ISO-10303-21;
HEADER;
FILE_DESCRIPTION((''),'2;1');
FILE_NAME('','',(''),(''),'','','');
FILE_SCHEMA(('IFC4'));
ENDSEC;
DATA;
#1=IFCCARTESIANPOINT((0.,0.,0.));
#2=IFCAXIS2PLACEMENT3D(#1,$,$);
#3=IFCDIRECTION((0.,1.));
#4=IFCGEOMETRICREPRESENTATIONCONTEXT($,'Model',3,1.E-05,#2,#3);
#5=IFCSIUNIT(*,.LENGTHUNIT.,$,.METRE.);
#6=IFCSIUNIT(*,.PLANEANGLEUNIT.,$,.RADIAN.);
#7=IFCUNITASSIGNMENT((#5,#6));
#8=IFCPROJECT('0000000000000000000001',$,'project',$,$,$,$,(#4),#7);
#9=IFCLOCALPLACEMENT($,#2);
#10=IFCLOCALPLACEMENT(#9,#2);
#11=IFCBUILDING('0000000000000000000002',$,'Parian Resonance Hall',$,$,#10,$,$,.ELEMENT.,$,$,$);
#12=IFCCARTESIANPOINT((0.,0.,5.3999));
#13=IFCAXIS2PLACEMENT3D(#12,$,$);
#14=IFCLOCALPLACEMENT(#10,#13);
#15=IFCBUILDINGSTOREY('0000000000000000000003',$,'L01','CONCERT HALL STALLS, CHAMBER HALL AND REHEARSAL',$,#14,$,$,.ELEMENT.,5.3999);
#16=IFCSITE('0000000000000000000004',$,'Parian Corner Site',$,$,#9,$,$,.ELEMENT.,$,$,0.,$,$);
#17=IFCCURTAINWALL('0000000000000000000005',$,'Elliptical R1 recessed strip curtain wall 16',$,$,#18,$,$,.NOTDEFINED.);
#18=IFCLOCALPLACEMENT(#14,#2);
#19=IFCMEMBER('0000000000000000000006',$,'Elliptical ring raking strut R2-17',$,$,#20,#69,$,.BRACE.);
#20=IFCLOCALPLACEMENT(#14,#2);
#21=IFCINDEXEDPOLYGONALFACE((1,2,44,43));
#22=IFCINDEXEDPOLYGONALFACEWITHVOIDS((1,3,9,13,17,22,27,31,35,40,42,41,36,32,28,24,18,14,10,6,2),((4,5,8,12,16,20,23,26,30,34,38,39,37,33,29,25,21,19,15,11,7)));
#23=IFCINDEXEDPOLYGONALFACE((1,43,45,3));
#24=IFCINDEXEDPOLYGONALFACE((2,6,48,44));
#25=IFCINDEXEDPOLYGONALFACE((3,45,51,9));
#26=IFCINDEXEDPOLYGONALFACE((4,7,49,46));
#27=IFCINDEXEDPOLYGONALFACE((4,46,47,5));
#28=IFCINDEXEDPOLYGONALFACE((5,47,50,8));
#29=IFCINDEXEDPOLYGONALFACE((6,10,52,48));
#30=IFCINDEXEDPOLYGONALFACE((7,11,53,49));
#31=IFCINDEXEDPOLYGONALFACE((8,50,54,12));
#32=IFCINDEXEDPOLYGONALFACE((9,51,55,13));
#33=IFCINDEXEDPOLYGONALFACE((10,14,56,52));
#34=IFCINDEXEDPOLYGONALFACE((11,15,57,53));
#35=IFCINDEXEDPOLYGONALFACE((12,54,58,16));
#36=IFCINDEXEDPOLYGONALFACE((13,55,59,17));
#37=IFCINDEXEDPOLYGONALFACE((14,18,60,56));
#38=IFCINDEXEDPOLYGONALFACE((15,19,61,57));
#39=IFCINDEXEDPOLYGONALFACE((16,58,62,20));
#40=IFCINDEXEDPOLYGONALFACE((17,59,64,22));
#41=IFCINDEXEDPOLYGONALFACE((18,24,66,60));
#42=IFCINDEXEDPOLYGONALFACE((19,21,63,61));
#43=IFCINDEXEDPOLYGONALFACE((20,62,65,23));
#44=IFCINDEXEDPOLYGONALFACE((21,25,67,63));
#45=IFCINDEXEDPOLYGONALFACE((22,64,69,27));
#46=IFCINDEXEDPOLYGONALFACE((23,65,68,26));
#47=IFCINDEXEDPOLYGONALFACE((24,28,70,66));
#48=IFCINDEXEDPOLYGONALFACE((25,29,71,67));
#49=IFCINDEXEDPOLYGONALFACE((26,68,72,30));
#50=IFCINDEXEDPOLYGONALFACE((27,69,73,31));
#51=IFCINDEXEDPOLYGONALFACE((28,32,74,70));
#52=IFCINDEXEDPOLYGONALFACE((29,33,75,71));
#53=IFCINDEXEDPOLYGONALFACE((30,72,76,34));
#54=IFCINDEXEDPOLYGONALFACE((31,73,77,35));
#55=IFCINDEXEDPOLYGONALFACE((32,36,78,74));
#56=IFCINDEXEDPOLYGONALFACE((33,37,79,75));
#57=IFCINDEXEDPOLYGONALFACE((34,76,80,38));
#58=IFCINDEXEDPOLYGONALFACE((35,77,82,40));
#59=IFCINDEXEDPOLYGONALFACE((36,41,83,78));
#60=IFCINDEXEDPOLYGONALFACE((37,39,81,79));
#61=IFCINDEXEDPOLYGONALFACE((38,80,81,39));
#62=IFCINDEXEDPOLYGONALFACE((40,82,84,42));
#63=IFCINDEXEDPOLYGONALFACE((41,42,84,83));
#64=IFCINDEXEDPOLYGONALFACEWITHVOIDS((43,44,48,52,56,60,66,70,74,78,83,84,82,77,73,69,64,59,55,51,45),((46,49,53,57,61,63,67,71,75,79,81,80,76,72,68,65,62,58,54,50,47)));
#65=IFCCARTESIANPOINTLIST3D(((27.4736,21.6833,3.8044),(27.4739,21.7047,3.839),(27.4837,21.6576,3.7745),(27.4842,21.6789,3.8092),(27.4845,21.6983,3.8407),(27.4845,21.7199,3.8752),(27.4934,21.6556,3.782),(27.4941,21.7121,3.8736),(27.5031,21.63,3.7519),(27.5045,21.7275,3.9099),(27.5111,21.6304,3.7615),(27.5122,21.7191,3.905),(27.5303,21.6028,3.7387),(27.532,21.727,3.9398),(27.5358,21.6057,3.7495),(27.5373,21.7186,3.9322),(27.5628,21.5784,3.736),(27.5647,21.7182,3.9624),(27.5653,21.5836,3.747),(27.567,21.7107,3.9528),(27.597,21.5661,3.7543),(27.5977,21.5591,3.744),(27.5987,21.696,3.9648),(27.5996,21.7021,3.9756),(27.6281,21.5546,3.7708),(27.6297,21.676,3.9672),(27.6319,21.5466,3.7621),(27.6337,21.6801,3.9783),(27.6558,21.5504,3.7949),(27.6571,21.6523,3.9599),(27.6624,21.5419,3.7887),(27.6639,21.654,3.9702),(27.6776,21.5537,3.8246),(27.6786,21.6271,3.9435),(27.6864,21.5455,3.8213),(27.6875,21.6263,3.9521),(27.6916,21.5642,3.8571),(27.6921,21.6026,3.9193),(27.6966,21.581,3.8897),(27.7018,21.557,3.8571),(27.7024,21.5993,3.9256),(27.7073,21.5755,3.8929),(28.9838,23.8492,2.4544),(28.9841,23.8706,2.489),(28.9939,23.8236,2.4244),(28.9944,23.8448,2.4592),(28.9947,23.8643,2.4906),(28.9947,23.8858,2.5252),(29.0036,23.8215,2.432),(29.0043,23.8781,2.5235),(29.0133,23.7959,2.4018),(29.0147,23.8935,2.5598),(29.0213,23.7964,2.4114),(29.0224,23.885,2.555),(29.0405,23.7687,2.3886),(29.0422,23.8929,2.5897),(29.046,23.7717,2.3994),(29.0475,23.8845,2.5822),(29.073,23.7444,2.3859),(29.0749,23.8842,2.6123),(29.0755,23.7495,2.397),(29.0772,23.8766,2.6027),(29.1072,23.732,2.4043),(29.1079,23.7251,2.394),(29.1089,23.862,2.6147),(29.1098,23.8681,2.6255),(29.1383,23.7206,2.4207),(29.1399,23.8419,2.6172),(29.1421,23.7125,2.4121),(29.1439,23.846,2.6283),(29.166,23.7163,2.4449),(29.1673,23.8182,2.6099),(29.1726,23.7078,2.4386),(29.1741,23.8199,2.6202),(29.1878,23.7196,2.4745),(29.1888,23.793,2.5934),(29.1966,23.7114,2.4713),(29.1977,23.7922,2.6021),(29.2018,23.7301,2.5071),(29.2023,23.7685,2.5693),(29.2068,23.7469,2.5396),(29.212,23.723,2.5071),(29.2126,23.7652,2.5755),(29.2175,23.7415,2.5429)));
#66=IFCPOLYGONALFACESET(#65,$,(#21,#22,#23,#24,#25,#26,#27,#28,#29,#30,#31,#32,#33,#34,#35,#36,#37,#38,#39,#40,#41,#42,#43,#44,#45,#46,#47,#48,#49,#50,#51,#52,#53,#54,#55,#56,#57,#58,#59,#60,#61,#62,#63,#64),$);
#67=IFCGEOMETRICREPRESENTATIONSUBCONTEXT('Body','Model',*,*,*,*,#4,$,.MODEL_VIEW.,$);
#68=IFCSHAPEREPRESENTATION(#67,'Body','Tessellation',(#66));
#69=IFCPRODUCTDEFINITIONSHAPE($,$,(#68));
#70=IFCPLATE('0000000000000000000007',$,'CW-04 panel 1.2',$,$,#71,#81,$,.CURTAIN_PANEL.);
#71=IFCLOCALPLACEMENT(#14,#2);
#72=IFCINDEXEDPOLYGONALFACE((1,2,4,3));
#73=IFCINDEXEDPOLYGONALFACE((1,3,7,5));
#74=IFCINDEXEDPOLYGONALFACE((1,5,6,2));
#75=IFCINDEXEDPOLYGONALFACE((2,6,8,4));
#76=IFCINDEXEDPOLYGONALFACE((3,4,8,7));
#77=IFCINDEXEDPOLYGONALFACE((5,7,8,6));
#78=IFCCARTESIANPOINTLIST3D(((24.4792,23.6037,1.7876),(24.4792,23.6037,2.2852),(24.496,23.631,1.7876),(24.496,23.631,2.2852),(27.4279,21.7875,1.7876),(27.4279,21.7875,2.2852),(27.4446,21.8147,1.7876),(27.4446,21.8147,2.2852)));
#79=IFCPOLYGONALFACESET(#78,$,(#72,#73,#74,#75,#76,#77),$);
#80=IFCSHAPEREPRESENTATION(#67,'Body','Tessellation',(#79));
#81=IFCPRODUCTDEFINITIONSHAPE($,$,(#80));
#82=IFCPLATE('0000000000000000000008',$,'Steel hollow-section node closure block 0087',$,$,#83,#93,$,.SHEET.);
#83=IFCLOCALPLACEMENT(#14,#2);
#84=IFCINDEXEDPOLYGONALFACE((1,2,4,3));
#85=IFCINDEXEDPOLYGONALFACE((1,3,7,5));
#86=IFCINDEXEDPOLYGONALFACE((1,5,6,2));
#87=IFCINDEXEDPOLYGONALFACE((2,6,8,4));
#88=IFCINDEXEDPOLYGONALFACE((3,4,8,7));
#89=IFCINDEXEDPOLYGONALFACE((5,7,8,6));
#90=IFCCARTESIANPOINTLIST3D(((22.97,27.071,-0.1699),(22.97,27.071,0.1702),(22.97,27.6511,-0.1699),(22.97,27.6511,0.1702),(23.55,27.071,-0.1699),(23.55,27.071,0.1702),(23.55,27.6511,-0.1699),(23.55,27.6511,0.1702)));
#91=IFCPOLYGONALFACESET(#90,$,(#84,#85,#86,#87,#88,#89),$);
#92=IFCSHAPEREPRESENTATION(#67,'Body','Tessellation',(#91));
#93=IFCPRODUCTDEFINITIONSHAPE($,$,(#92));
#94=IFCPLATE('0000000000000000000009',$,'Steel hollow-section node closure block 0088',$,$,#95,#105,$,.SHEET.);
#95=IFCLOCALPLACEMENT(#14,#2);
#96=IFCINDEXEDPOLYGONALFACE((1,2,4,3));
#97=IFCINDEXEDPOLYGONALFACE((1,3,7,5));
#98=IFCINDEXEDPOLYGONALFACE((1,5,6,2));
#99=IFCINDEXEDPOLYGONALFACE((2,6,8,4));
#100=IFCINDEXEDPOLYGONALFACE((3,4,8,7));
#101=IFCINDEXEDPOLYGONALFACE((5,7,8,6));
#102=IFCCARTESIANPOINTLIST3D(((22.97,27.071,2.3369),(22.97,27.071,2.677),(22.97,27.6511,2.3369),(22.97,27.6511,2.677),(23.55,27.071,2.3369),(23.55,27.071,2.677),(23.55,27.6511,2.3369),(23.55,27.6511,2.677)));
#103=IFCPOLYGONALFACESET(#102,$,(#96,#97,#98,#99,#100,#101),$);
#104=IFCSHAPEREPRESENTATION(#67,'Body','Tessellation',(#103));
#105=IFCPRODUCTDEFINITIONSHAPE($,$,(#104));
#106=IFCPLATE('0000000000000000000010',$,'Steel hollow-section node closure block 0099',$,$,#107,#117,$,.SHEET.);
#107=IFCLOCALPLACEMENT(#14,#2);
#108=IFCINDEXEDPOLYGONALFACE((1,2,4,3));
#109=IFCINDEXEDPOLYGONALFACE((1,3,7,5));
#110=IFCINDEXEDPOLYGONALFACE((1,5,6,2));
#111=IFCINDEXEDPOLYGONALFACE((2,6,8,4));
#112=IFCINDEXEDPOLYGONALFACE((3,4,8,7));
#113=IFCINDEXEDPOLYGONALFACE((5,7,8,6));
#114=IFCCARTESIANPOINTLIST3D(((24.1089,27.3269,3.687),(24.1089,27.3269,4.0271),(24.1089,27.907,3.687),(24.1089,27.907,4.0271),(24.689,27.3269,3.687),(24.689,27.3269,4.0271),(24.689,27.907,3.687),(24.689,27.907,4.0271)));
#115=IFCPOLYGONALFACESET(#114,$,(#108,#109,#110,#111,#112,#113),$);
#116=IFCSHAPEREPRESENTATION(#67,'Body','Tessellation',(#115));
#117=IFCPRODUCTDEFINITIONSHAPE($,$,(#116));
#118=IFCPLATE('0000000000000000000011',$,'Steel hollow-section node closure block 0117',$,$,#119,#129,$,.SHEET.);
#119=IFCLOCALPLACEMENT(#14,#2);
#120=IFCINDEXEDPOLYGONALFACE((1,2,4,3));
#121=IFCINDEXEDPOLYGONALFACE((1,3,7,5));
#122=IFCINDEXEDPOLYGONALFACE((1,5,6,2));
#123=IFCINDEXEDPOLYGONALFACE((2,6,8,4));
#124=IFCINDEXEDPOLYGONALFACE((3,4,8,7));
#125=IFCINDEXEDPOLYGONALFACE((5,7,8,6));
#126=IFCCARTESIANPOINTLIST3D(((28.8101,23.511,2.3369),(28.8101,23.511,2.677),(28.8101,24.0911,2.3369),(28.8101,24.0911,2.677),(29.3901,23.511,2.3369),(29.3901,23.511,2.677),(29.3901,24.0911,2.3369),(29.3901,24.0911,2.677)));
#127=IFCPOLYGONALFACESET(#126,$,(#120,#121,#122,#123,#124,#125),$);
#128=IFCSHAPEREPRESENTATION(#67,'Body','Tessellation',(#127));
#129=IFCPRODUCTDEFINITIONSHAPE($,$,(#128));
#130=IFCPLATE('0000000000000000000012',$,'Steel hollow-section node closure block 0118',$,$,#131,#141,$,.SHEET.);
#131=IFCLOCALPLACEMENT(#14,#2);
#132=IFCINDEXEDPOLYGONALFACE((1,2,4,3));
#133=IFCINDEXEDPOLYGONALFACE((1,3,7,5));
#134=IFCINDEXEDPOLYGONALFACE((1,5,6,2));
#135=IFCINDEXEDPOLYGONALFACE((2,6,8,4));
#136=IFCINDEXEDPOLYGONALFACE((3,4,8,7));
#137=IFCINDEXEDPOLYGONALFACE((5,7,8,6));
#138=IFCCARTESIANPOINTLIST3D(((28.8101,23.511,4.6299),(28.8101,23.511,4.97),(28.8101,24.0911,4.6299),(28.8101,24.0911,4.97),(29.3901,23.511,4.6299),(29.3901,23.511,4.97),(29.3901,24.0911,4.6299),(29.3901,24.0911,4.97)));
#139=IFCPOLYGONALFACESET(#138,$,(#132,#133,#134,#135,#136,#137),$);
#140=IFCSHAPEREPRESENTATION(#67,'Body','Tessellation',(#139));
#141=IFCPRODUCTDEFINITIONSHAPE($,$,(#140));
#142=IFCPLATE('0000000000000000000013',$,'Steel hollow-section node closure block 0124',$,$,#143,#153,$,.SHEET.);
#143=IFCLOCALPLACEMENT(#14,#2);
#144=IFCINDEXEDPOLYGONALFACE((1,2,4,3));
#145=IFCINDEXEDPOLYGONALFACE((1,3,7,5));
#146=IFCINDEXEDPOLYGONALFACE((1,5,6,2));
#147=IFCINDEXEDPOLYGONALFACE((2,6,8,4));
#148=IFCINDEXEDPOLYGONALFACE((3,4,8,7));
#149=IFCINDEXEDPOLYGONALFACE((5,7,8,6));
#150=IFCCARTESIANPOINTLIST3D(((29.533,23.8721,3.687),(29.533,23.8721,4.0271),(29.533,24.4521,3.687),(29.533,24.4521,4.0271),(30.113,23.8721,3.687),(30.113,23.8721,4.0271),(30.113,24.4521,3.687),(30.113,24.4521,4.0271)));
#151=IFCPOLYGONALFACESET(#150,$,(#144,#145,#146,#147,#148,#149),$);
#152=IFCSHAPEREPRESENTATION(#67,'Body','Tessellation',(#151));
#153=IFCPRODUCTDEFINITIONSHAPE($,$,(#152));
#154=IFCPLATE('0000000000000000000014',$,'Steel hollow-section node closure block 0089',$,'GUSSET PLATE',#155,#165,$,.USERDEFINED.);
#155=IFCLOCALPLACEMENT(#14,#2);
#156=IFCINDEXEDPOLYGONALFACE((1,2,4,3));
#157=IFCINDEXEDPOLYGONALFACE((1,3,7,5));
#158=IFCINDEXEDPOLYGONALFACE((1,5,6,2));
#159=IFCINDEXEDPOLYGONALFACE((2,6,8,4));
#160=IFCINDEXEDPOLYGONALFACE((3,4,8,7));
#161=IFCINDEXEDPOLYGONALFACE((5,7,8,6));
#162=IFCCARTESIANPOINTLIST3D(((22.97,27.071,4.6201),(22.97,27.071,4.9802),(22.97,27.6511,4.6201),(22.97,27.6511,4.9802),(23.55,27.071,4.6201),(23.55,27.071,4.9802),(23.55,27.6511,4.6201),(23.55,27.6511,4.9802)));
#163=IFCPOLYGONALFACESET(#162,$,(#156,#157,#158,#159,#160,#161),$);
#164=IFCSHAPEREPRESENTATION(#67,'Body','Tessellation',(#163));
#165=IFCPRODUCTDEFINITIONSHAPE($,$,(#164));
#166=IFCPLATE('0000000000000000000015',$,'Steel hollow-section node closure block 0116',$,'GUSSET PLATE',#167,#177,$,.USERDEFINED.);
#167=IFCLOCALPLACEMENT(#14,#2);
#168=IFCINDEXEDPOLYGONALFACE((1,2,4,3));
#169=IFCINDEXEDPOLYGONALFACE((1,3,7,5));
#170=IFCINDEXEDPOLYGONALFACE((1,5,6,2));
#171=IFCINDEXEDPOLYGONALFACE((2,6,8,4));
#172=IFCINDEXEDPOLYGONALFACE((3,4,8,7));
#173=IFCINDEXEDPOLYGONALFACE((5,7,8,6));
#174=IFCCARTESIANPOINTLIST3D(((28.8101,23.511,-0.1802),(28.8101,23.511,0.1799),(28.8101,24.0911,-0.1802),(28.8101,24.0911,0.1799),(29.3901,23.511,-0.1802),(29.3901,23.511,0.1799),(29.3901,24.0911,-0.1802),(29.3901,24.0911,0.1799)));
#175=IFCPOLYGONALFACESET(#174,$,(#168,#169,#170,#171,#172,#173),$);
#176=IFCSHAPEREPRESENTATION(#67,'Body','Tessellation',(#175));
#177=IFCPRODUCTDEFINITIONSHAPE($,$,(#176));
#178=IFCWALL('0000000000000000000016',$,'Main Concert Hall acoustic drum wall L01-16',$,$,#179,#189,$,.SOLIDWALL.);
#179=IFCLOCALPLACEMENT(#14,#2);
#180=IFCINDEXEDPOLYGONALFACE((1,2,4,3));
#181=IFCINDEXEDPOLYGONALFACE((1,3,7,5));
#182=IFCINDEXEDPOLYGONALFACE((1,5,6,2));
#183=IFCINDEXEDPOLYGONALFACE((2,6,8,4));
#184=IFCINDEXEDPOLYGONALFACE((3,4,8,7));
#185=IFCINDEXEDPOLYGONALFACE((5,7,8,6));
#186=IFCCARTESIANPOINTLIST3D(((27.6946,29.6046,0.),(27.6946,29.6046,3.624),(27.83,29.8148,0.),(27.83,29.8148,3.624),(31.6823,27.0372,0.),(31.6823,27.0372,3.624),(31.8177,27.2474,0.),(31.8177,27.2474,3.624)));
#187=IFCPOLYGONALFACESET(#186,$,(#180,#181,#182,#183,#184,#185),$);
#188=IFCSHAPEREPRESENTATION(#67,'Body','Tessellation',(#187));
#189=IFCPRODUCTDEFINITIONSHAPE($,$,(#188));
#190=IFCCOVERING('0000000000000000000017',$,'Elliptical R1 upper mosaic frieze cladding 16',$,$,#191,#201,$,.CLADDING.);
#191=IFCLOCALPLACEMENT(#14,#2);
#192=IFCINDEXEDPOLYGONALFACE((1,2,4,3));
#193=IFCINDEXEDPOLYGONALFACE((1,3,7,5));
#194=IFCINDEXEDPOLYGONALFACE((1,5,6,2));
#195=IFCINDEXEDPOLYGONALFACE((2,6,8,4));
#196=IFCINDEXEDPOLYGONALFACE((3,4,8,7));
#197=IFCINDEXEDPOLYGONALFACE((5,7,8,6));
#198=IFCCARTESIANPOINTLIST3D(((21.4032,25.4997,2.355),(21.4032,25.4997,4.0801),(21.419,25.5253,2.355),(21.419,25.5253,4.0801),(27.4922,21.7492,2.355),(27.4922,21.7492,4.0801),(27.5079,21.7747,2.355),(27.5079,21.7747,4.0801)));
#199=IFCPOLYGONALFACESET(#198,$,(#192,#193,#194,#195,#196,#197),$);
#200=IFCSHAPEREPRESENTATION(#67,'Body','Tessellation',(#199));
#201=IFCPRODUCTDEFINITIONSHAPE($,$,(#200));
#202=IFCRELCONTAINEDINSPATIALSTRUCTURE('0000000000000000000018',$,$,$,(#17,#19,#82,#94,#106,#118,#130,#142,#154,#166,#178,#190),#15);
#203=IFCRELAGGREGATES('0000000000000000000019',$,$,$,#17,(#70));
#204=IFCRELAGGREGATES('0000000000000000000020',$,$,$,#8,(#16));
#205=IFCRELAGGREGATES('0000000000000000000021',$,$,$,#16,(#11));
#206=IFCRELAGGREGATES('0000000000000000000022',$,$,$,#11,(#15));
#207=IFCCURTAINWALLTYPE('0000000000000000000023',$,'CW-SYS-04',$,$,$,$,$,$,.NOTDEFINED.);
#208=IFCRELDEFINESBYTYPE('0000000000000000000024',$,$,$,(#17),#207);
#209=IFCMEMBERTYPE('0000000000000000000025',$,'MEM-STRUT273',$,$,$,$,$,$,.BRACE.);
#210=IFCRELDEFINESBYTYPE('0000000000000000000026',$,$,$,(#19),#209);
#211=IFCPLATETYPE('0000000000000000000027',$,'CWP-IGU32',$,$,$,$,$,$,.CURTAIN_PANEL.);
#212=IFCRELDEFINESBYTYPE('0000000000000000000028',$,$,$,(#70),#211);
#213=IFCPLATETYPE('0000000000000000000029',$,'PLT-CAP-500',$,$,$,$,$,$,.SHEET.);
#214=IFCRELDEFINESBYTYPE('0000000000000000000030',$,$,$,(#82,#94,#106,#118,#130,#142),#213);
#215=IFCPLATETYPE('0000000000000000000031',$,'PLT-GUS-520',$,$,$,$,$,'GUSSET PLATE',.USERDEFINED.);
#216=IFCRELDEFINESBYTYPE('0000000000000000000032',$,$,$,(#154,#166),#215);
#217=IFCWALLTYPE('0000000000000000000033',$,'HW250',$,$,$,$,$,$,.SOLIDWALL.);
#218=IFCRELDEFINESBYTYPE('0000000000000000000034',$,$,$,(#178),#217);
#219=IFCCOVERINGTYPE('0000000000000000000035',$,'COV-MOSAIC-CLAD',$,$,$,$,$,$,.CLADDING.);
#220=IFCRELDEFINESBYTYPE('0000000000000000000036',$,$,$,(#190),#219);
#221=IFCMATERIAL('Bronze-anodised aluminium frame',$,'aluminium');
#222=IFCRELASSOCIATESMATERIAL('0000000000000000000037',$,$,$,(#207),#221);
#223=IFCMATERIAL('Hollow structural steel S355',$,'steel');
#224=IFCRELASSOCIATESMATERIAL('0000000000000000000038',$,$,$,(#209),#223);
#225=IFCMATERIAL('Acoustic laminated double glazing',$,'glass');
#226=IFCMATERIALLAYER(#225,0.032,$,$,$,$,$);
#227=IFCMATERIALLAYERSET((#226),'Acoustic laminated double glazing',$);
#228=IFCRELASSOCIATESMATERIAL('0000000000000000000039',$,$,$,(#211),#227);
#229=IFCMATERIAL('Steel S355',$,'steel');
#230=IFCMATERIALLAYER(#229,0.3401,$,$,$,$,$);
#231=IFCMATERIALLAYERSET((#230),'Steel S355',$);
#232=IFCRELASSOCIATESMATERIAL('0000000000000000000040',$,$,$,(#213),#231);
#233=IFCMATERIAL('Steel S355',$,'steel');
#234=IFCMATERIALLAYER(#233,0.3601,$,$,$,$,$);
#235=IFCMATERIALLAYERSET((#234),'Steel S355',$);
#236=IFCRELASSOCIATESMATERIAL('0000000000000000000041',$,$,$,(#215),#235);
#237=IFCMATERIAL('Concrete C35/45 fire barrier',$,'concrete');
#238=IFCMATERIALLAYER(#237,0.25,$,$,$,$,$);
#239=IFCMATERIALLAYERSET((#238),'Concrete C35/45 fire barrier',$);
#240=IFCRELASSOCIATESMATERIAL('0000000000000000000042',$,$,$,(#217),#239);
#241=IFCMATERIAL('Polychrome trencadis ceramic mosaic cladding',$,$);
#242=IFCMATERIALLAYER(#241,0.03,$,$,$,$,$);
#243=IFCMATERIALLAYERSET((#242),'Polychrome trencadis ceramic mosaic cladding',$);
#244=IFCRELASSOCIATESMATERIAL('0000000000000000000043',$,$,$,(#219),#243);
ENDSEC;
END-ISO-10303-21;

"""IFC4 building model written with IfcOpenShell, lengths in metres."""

from ifc_helpers import new_model, si_unit, direction, frame, frame_2d, origin, origin_2d, place, context, subcontext, project, spatial, rectangle, hollow_circle, extrude, material, layer, layer_set, material_profile, profile_set, type_object, element, aggregate, save


model = new_model("IFC4")

# Units and contexts
model_context = context("Model", 3, precision=1e-05, world=origin(), true_north=direction((0.0, 1.0)))
body_context = subcontext(model_context, "Body", "Model", "MODEL_VIEW")
ifc_project = project(units=[si_unit("LENGTHUNIT", "METRE"), si_unit("PLANEANGLEUNIT", "RADIAN")], contexts=[model_context])

# Site, building, storey
site_placement = place(None, origin())
site = spatial("IfcSite", under=ifc_project, at=site_placement, Name="Parian Corner Site", CompositionType="ELEMENT", RefElevation=0.0)
building_placement = place(site_placement, origin())
building = spatial("IfcBuilding", under=site, at=building_placement, Name="Parian Resonance Hall", CompositionType="ELEMENT")
storey_placement = place(building_placement, frame((0.0, 0.0, 5.3999)))
storey = spatial("IfcBuildingStorey", under=building, at=storey_placement, Name="L01", Description="CONCERT HALL STALLS, CHAMBER HALL AND REHEARSAL", CompositionType="ELEMENT", Elevation=5.3999)

# Curtain wall
ifc_material_1 = material(Name="Bronze-anodised aluminium frame", Category="aluminium")
curtain_wall_type = type_object("IfcCurtainWallType", Name="CW-SYS-04", PredefinedType="NOTDEFINED", material=ifc_material_1)
curtain_wall_placement = place(storey_placement, origin())
curtain_wall = element("IfcCurtainWall", 1, at=curtain_wall_placement, inside=storey, type_object=curtain_wall_type, Name="Elliptical R1 recessed strip curtain wall 16", PredefinedType="NOTDEFINED")

# Member
ifc_material_2 = material(Name="Hollow structural steel S355", Category="steel")
ifc_material_profile_1 = material_profile(ifc_material_2, hollow_circle(Radius=0.1365, WallThickness=0.0125, at=origin_2d()), Name="CHS273x12.5")
ifc_profile_set_1 = profile_set([ifc_material_profile_1], Name="Hollow structural steel S355")
member_type_1 = type_object("IfcMemberType", Name="MEM-STRUT273", PredefinedType="BRACE", material=ifc_profile_set_1)
member_1_placement = place(storey_placement, frame((29.1001, 23.801, 2.5071), z_axis=(-0.509244, -0.730361, 0.455241), x_axis=(0.82029, -0.571947, 0.0)))
element("IfcMember", 2, at=member_1_placement, inside=storey, type_object=member_type_1, Name="Elliptical ring raking strut R2-17", PredefinedType="BRACE", context=body_context, shape_type="SweptSolid", body=[
    extrude(hollow_circle(Radius=0.1365, WallThickness=0.0125, at=origin_2d()), origin(), (0.0, 0.0, 1.0), 2.9656),
])

# Plate
ifc_material_3 = material(Name="Acoustic laminated double glazing", Category="glass")
ifc_layer_1 = layer(ifc_material_3, 0.032)
ifc_layer_set_1 = layer_set([ifc_layer_1], Name="Acoustic laminated double glazing")
plate_type_1 = type_object("IfcPlateType", Name="CWP-IGU32", PredefinedType="CURTAIN_PANEL", material=ifc_layer_set_1)
plate_placement = place(storey_placement, frame((25.9619, 22.7092, 1.7876), z_axis=(0.0, 0.0, 1.0), x_axis=(-0.851441, 0.524451, 0.0)))
plate = element("IfcPlate", 3, at=plate_placement, type_object=plate_type_1, Name="CW-04 panel 1.2", PredefinedType="CURTAIN_PANEL", context=body_context, shape_type="SweptSolid", body=[
    extrude(rectangle(XDim=3.4631, YDim=0.032, at=origin_2d()), origin(), (0.0, 0.0, 1.0), 0.4976),
])
aggregate(curtain_wall, [plate])

# Plates
ifc_material_4 = material(Name="Steel S355", Category="steel")
ifc_layer_2 = layer(ifc_material_4, 0.3401)
ifc_layer_set_2 = layer_set([ifc_layer_2], Name="Steel S355")
plate_type_2 = type_object("IfcPlateType", Name="PLT-CAP-500", PredefinedType="SHEET", material=ifc_layer_set_2)
for number, where, z_axis, x_axis, name in (
    (4, (23.26, 27.3611, -0.1699), (0.0, 0.0, 1.0), (1.0, 0.0, 0.0), "Steel hollow-section node closure block 0087"),
    (5, (23.26, 27.3611, 2.3369), (0.0, 0.0, 1.0), (1.0, 0.0, 0.0), "Steel hollow-section node closure block 0088"),
    (6, (24.3989, 27.6169, 3.687), (0.0, 0.0, 1.0), (1.0, 0.0, 0.0), "Steel hollow-section node closure block 0099"),
    (7, (29.1001, 23.801, 2.3369), (0.0, 0.0, 1.0), (1.0, 0.0, 0.0), "Steel hollow-section node closure block 0117"),
    (8, (29.1001, 23.801, 4.6299), (0.0, 0.0, 1.0), (1.0, 0.0, 0.0), "Steel hollow-section node closure block 0118"),
    (9, (29.823, 24.1621, 3.687), (0.0, 0.0, 1.0), (1.0, 0.0, 0.0), "Steel hollow-section node closure block 0124"),
):
    element("IfcPlate", number, at=place(storey_placement, frame(where, z_axis=z_axis, x_axis=x_axis)), inside=storey, type_object=plate_type_2, Name=name, PredefinedType="SHEET", context=body_context, shape_type="SweptSolid", body=[
        extrude(rectangle(XDim=0.5801, YDim=0.5801, at=origin_2d()), origin(), (0.0, 0.0, 1.0), 0.3401),
    ])
ifc_material_5 = material(Name="Steel S355", Category="steel")
ifc_layer_3 = layer(ifc_material_5, 0.3601)
ifc_layer_set_3 = layer_set([ifc_layer_3], Name="Steel S355")
plate_type_3 = type_object("IfcPlateType", Name="PLT-GUS-520", ElementType="GUSSET PLATE", PredefinedType="USERDEFINED", material=ifc_layer_set_3)
for number, where, z_axis, x_axis, name in (
    (10, (23.26, 27.3611, 4.6201), (0.0, 0.0, 1.0), (1.0, 0.0, 0.0), "Steel hollow-section node closure block 0089"),
    (11, (29.1001, 23.801, -0.1802), (0.0, 0.0, 1.0), (1.0, 0.0, 0.0), "Steel hollow-section node closure block 0116"),
):
    element("IfcPlate", number, at=place(storey_placement, frame(where, z_axis=z_axis, x_axis=x_axis)), inside=storey, type_object=plate_type_3, Name=name, ObjectType="GUSSET PLATE", PredefinedType="USERDEFINED", context=body_context, shape_type="SweptSolid", body=[
        extrude(rectangle(XDim=0.5801, YDim=0.5801, at=origin_2d()), origin(), (0.0, 0.0, 1.0), 0.3601),
    ])

# Wall
ifc_material_6 = material(Name="Concrete C35/45 fire barrier", Category="concrete")
ifc_layer_4 = layer(ifc_material_6, 0.25)
ifc_layer_set_4 = layer_set([ifc_layer_4], Name="Concrete C35/45 fire barrier")
wall_type = type_object("IfcWallType", Name="HW250", PredefinedType="SOLIDWALL", material=ifc_layer_set_4)
wall_placement = place(storey_placement, frame((31.75, 27.1423, 0.0), z_axis=(0.0, 0.0, 1.0), x_axis=(-0.840814, 0.541325, 0.0)))
element("IfcWall", 12, at=wall_placement, inside=storey, type_object=wall_type, Name="Main Concert Hall acoustic drum wall L01-16", PredefinedType="SOLIDWALL", context=body_context, shape_type="SweptSolid", body=[
    extrude(rectangle(XDim=4.7427, YDim=0.25, at=frame_2d((2.3713, 0.0))), origin(), (0.0, 0.0, 1.0), 3.624),
])

# Covering
ifc_material_7 = material(Name="Polychrome trencadis ceramic mosaic cladding")
ifc_layer_5 = layer(ifc_material_7, 0.03)
ifc_layer_set_5 = layer_set([ifc_layer_5], Name="Polychrome trencadis ceramic mosaic cladding")
covering_type = type_object("IfcCoveringType", Name="COV-MOSAIC-CLAD", PredefinedType="CLADDING", material=ifc_layer_set_5)
covering_placement = place(storey_placement, frame((24.4556, 23.6372, 2.355), z_axis=(0.0, 0.0, 1.0), x_axis=(-0.851441, 0.524451, 0.0)))
element("IfcCovering", 13, at=covering_placement, inside=storey, type_object=covering_type, Name="Elliptical R1 upper mosaic frieze cladding 16", PredefinedType="CLADDING", context=body_context, shape_type="SweptSolid", body=[
    extrude(rectangle(XDim=7.1514, YDim=0.03, at=origin_2d()), origin(), (0.0, 0.0, 1.0), 1.7251),
])

save(model, "model.ifc")
